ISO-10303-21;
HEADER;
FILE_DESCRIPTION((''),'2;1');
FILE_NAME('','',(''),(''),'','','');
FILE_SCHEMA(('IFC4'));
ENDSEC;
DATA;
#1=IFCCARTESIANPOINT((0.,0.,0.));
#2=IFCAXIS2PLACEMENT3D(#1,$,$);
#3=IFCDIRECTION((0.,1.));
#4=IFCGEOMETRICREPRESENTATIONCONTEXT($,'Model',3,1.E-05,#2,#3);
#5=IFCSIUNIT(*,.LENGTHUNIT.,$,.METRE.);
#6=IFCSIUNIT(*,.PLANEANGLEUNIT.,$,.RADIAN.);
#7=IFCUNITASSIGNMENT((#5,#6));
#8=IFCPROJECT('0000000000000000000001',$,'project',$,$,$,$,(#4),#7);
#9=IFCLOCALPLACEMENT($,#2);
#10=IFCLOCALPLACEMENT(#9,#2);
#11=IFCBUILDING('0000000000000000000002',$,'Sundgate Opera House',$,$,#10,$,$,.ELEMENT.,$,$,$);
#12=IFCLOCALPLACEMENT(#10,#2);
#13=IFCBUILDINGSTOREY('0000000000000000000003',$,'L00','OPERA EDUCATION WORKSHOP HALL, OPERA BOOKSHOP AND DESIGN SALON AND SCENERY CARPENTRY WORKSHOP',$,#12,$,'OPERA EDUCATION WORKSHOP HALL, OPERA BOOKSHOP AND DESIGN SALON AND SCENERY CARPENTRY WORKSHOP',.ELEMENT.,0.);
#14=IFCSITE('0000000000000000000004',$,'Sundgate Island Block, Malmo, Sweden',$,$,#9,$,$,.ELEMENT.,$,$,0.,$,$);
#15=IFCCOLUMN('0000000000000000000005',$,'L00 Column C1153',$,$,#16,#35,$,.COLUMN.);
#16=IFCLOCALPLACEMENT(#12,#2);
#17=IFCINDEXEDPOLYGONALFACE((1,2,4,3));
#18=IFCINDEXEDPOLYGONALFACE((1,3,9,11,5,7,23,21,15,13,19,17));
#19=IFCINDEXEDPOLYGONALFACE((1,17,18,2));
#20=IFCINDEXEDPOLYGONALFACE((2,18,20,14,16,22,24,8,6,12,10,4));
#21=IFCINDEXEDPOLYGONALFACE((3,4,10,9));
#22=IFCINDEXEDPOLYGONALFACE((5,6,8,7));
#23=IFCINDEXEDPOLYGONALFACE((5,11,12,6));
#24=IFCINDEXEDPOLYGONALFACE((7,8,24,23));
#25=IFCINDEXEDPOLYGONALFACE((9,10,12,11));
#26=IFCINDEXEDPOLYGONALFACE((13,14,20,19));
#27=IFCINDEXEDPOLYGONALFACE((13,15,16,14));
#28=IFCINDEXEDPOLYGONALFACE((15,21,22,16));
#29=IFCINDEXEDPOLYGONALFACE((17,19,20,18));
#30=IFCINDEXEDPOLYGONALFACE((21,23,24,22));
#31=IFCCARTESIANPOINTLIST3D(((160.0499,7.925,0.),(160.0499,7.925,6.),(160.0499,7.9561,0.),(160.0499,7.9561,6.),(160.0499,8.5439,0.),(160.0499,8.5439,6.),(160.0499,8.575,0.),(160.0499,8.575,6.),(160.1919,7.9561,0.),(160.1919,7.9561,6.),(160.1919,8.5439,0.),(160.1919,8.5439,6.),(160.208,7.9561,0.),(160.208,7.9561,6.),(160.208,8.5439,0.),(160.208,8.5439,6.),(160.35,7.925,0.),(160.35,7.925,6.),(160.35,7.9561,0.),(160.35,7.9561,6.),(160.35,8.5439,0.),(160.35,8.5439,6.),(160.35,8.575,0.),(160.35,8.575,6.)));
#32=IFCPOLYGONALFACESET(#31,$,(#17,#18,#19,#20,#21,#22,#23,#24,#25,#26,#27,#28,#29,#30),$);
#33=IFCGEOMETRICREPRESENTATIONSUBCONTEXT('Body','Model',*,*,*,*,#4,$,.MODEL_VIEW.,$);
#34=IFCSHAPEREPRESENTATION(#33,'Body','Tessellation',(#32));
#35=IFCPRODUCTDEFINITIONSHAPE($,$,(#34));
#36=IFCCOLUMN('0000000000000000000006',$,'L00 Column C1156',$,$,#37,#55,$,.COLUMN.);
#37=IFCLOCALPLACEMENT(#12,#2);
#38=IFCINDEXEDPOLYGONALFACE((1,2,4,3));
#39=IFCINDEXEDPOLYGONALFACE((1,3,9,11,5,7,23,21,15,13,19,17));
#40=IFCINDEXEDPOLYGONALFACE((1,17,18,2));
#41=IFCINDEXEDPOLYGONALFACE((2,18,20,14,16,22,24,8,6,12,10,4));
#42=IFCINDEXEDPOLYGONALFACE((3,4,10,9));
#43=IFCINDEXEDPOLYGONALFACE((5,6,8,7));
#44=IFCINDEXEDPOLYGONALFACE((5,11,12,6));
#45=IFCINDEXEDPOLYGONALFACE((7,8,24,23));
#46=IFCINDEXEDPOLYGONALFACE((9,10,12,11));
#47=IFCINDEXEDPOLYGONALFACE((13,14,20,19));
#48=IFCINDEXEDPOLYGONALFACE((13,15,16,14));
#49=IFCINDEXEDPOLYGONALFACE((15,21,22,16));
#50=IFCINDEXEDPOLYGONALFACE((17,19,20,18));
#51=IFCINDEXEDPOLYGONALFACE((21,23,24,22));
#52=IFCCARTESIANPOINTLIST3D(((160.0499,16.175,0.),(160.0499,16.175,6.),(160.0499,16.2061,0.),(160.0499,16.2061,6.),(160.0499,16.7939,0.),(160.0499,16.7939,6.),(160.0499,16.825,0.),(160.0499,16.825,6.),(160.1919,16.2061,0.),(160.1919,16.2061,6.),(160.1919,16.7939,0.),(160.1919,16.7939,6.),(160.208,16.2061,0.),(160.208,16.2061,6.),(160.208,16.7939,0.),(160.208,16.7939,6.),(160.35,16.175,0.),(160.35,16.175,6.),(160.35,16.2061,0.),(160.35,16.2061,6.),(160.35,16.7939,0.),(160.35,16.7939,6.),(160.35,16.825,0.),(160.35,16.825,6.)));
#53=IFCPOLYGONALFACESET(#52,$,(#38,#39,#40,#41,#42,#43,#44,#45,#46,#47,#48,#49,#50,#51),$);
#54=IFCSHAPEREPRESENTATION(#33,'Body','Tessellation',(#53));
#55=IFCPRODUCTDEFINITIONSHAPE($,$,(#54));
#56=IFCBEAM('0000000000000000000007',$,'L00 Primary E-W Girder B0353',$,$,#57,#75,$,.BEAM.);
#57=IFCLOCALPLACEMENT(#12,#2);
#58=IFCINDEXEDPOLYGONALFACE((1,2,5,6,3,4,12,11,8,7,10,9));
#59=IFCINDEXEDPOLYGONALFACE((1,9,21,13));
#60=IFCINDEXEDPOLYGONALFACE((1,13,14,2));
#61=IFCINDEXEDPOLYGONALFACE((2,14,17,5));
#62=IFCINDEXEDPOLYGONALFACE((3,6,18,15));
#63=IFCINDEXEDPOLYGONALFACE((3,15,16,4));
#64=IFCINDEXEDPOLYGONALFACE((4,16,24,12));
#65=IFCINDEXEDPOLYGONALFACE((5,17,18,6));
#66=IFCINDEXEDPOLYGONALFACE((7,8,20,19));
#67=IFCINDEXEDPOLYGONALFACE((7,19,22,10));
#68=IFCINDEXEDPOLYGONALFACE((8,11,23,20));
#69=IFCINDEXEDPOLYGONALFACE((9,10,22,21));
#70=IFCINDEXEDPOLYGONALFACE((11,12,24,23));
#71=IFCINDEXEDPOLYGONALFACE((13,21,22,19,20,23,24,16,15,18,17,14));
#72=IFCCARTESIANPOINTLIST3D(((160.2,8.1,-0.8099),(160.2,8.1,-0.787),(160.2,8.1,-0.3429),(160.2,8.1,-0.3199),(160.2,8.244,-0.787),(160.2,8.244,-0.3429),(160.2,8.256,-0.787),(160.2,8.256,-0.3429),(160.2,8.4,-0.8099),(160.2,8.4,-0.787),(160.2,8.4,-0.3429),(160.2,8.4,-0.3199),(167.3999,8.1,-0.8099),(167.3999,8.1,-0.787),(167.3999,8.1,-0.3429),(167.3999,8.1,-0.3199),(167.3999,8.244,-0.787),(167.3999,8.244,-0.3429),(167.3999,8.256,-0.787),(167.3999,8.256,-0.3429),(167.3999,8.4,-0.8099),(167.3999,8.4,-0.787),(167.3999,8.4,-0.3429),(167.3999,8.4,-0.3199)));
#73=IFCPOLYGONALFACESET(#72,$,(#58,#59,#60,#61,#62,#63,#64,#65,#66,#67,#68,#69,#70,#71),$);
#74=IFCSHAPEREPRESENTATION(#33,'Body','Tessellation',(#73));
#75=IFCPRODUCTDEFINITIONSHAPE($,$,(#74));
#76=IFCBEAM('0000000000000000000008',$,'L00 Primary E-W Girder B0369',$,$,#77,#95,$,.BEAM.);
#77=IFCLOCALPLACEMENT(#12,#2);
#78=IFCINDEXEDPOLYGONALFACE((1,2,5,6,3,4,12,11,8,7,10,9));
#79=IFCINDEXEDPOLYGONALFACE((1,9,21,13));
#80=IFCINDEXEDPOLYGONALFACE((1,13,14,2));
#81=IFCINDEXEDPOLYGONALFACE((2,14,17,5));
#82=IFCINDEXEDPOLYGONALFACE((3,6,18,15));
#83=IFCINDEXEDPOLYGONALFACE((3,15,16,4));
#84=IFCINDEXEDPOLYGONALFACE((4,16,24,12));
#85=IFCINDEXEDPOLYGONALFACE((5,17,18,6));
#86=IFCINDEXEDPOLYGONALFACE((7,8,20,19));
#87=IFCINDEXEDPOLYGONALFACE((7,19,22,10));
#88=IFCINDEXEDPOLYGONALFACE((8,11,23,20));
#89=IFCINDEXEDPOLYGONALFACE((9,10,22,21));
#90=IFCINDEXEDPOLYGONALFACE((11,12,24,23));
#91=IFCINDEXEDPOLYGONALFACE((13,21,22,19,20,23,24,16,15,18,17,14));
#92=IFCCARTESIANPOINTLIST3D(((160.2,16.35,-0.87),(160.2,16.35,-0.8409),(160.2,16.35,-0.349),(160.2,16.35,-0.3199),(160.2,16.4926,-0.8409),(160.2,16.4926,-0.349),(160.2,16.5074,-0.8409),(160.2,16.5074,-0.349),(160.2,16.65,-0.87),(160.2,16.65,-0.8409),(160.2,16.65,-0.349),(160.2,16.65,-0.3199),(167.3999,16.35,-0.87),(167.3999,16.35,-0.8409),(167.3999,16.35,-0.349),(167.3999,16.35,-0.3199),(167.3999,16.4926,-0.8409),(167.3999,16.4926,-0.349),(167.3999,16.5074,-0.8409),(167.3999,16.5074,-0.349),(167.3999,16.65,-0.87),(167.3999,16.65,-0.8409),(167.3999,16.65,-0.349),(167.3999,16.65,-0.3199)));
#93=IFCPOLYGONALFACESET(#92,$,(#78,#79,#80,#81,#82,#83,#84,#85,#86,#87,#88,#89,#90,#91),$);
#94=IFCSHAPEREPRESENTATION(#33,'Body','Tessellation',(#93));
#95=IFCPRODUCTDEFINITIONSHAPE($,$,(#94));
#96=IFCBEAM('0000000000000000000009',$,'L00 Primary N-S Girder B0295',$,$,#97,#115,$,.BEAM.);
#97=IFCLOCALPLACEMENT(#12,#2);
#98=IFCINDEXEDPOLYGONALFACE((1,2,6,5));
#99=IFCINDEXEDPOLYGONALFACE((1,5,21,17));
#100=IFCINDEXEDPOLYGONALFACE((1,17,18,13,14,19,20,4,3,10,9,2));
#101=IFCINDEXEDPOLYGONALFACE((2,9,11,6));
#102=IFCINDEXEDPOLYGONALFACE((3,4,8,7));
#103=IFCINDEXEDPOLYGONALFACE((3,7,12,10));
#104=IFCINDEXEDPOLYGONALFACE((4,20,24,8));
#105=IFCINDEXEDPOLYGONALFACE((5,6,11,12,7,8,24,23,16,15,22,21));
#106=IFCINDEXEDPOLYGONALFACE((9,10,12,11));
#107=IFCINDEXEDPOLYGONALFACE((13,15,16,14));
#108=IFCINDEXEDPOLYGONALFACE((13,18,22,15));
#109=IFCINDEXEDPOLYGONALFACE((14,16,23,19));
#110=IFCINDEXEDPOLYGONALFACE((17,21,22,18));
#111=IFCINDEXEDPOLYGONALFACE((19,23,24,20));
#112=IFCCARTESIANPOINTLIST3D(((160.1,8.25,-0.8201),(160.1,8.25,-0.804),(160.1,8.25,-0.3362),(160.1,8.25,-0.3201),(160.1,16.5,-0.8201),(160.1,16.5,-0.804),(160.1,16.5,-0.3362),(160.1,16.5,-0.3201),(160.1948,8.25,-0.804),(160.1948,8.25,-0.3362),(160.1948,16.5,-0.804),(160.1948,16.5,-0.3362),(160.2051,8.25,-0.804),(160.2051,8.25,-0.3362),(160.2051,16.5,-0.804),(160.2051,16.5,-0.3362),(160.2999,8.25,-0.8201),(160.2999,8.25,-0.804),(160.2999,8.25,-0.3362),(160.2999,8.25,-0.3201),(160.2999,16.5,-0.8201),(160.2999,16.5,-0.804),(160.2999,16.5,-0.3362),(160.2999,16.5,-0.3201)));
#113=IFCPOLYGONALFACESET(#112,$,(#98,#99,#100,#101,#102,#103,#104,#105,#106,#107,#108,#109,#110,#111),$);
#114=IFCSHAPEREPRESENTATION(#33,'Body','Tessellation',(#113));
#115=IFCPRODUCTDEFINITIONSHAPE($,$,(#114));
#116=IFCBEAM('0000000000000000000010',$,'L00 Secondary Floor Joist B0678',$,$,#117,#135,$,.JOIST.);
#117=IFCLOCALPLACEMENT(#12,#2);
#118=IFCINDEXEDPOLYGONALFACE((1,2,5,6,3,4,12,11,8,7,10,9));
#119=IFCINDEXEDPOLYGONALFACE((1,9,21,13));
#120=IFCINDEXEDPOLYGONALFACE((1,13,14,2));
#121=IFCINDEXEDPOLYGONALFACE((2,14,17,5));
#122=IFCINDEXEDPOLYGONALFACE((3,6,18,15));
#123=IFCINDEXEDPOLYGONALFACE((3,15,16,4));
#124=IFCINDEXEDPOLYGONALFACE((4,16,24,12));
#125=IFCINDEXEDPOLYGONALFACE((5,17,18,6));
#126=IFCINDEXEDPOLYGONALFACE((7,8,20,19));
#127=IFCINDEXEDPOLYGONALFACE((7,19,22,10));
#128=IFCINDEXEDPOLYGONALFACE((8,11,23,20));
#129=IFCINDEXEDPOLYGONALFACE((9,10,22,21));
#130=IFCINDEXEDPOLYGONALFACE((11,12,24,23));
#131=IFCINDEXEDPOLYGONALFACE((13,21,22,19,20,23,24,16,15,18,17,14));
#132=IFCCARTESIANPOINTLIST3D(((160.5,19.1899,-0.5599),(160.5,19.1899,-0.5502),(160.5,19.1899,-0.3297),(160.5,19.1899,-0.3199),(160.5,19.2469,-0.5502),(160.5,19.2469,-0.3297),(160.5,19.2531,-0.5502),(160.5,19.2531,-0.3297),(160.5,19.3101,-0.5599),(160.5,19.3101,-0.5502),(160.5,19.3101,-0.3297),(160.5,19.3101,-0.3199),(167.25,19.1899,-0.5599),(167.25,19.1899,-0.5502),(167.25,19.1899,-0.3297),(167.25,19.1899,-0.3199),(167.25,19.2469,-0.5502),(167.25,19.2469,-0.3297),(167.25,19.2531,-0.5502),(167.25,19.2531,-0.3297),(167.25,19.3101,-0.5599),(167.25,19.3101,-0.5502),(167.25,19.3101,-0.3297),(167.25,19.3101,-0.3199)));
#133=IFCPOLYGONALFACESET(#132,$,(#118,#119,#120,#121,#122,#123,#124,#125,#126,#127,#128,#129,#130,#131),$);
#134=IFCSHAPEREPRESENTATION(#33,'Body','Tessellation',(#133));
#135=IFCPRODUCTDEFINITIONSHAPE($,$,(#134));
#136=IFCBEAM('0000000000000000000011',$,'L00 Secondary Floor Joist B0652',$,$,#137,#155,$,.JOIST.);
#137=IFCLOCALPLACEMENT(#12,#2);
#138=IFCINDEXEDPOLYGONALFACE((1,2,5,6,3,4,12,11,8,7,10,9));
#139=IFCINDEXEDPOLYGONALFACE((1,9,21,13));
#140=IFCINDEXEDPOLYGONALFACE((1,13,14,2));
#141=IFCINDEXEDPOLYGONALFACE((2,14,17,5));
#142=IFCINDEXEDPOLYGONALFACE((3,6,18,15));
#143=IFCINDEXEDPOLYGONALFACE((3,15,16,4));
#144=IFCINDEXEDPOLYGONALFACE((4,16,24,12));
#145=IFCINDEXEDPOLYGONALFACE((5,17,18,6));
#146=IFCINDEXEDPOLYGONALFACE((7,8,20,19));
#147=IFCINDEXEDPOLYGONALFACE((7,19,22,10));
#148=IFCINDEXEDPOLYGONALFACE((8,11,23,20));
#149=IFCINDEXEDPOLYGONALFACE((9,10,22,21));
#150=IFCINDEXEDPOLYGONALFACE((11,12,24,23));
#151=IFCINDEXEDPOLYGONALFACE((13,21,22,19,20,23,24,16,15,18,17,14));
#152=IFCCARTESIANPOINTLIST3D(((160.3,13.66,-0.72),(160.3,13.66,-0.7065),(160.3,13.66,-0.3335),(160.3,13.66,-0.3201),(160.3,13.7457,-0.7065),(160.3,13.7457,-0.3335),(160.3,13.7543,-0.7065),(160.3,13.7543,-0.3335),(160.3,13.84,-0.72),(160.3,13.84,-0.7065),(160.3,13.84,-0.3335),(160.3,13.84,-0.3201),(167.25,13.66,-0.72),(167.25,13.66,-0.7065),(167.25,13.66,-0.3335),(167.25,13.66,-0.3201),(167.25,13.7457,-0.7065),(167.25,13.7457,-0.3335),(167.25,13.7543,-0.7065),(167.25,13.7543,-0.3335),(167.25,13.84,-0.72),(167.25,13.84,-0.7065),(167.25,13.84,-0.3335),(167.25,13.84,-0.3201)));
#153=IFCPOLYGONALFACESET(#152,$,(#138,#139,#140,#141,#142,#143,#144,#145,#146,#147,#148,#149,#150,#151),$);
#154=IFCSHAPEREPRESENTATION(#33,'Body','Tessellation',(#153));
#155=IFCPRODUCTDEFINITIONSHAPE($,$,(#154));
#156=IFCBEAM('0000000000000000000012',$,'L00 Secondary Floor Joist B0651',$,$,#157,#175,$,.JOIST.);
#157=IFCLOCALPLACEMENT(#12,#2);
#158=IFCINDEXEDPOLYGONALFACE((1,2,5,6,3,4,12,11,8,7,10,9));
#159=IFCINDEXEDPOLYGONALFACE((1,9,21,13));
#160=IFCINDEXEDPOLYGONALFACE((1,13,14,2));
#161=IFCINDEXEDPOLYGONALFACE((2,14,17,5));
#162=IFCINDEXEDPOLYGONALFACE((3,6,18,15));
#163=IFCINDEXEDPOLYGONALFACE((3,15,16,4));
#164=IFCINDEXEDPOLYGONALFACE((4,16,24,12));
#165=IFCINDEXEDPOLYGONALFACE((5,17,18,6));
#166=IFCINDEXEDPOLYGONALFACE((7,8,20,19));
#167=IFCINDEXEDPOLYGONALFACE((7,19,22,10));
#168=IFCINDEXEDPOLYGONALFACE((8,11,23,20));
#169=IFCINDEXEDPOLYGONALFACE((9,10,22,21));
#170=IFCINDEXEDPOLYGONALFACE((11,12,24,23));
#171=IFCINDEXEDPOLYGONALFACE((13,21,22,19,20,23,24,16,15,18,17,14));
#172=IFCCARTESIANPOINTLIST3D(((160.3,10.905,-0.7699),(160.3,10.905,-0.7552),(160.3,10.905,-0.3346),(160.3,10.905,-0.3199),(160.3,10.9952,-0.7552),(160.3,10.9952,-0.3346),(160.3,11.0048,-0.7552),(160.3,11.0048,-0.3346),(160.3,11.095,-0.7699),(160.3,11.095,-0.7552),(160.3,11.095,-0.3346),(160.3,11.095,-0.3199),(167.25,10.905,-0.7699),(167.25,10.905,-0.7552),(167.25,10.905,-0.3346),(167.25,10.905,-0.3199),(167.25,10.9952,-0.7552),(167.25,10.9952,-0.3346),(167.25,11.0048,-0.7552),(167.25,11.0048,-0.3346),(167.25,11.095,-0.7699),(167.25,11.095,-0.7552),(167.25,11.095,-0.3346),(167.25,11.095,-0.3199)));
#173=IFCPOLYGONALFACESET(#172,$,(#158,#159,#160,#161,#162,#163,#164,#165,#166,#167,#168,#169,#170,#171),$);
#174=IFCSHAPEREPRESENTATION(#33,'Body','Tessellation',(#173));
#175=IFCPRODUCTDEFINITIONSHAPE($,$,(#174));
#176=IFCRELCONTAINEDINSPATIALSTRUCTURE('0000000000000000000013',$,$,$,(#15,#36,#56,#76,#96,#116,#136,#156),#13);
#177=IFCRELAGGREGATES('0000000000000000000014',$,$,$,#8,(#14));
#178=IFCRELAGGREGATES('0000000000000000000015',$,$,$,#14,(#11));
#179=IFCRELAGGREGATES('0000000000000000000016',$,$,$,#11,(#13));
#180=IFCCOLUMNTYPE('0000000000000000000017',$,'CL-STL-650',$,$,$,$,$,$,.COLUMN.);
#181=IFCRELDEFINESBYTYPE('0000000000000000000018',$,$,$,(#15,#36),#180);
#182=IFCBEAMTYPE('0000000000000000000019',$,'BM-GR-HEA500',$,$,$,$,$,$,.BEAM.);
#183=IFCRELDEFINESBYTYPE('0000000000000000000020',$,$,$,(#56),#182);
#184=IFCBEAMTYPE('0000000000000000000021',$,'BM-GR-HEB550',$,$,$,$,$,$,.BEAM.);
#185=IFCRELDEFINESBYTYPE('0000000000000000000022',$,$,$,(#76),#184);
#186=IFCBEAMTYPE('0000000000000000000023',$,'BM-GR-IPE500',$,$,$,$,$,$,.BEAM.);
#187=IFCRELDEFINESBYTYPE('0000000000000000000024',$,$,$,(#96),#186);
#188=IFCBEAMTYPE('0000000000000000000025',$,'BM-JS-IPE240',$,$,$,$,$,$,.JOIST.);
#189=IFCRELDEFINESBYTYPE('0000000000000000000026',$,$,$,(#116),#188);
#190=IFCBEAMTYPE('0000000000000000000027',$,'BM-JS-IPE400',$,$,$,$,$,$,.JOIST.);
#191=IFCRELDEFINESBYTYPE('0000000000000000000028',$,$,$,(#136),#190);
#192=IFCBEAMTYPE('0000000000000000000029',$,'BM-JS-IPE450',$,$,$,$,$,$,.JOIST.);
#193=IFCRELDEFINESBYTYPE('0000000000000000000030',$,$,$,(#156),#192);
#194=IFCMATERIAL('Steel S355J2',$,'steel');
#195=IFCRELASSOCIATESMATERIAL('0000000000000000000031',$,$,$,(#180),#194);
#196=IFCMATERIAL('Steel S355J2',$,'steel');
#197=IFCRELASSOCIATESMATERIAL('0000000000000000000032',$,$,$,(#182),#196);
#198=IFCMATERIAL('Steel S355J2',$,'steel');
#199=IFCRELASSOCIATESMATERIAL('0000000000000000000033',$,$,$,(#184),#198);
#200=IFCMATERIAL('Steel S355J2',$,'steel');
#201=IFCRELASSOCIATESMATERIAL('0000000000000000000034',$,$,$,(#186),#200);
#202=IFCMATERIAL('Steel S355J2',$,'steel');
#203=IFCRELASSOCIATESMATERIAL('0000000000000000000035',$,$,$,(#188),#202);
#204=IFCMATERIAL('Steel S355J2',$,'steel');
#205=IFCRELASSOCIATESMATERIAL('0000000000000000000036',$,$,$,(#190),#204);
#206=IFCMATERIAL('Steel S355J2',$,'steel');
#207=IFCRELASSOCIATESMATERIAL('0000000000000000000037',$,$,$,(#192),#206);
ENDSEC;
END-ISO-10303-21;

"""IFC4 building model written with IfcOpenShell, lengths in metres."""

from ifc_helpers import new_model, si_unit, direction, frame, origin, origin_2d, place, context, subcontext, project, spatial, i_section, extrude, material, material_profile, profile_set, type_object, element, save


model = new_model("IFC4")

# Units and contexts
model_context = context("Model", 3, precision=1e-05, world=origin(), true_north=direction((0.0, 1.0)))
body_context = subcontext(model_context, "Body", "Model", "MODEL_VIEW")
ifc_project = project(units=[si_unit("LENGTHUNIT", "METRE"), si_unit("PLANEANGLEUNIT", "RADIAN")], contexts=[model_context])

# Site, building, storey
site_placement = place(None, origin())
site = spatial("IfcSite", under=ifc_project, at=site_placement, Name="Sundgate Island Block, Malmo, Sweden", CompositionType="ELEMENT", RefElevation=0.0)
building_placement = place(site_placement, origin())
building = spatial("IfcBuilding", under=site, at=building_placement, Name="Sundgate Opera House", CompositionType="ELEMENT")
storey_placement = place(building_placement, origin())
storey = spatial("IfcBuildingStorey", under=building, at=storey_placement, Name="L00", Description="OPERA EDUCATION WORKSHOP HALL, OPERA BOOKSHOP AND DESIGN SALON AND SCENERY CARPENTRY WORKSHOP", LongName="OPERA EDUCATION WORKSHOP HALL, OPERA BOOKSHOP AND DESIGN SALON AND SCENERY CARPENTRY WORKSHOP", CompositionType="ELEMENT", Elevation=0.0)

# Columns
ifc_material_1 = material(Name="Steel S355J2", Category="steel")
ifc_material_profile_1 = material_profile(ifc_material_1, i_section(OverallWidth=0.3, OverallDepth=0.6499, WebThickness=0.0161, FlangeThickness=0.031, at=origin_2d()), Name="HEB 650")
ifc_profile_set_1 = profile_set([ifc_material_profile_1], Name="Steel S355J2")
column_type = type_object("IfcColumnType", Name="CL-STL-650", PredefinedType="COLUMN", material=ifc_profile_set_1)
for number, where, z_axis, x_axis, name in (
    (1, (160.2, 8.25, 0.0), (0.0, 0.0, 1.0), (1.0, 0.0, 0.0), "L00 Column C1153"),
    (2, (160.2, 16.5, 0.0), (0.0, 0.0, 1.0), (1.0, 0.0, 0.0), "L00 Column C1156"),
):
    element("IfcColumn", number, at=place(storey_placement, frame(where, z_axis=z_axis, x_axis=x_axis)), inside=storey, type_object=column_type, Name=name, PredefinedType="COLUMN", context=body_context, shape_type="SweptSolid", body=[
        extrude(i_section(OverallWidth=0.3, OverallDepth=0.6499, WebThickness=0.0161, FlangeThickness=0.031, at=origin_2d()), origin(), (0.0, 0.0, 1.0), 6.0),
    ])

# Beams
ifc_material_2 = material(Name="Steel S355J2", Category="steel")
ifc_material_profile_2 = material_profile(ifc_material_2, i_section(OverallWidth=0.3, OverallDepth=0.49, WebThickness=0.012, FlangeThickness=0.0229, at=origin_2d()), Name="HEA 500")
ifc_profile_set_2 = profile_set([ifc_material_profile_2], Name="Steel S355J2")
beam_type_1 = type_object("IfcBeamType", Name="BM-GR-HEA500", PredefinedType="BEAM", material=ifc_profile_set_2)
beam_1_placement = place(storey_placement, frame((160.2, 8.25, -0.5649), z_axis=(1.0, 0.0, 0.0), x_axis=(0.0, 1.0, 0.0)))
element("IfcBeam", 3, at=beam_1_placement, inside=storey, type_object=beam_type_1, Name="L00 Primary E-W Girder B0353", PredefinedType="BEAM", context=body_context, shape_type="SweptSolid", body=[
    extrude(i_section(OverallWidth=0.3, OverallDepth=0.49, WebThickness=0.012, FlangeThickness=0.0229, at=origin_2d()), origin(), (0.0, 0.0, 1.0), 7.2),
])
ifc_material_3 = material(Name="Steel S355J2", Category="steel")
ifc_material_profile_3 = material_profile(ifc_material_3, i_section(OverallWidth=0.3, OverallDepth=0.55, WebThickness=0.0149, FlangeThickness=0.0291, at=origin_2d()), Name="HEB 550")
ifc_profile_set_3 = profile_set([ifc_material_profile_3], Name="Steel S355J2")
beam_type_2 = type_object("IfcBeamType", Name="BM-GR-HEB550", PredefinedType="BEAM", material=ifc_profile_set_3)
beam_2_placement = place(storey_placement, frame((160.2, 16.5, -0.595), z_axis=(1.0, 0.0, 0.0), x_axis=(0.0, 1.0, 0.0)))
element("IfcBeam", 4, at=beam_2_placement, inside=storey, type_object=beam_type_2, Name="L00 Primary E-W Girder B0369", PredefinedType="BEAM", context=body_context, shape_type="SweptSolid", body=[
    extrude(i_section(OverallWidth=0.3, OverallDepth=0.55, WebThickness=0.0149, FlangeThickness=0.0291, at=origin_2d()), origin(), (0.0, 0.0, 1.0), 7.2),
])
ifc_material_4 = material(Name="Steel S355J2", Category="steel")
ifc_material_profile_4 = material_profile(ifc_material_4, i_section(OverallWidth=0.2, OverallDepth=0.5, WebThickness=0.0103, FlangeThickness=0.0161, at=origin_2d()), Name="IPE 500")
ifc_profile_set_4 = profile_set([ifc_material_profile_4], Name="Steel S355J2")
beam_type_3 = type_object("IfcBeamType", Name="BM-GR-IPE500", PredefinedType="BEAM", material=ifc_profile_set_4)
beam_3_placement = place(storey_placement, frame((160.2, 8.25, -0.5701), z_axis=(0.0, 1.0, 0.0), x_axis=(-1.0, 0.0, 0.0)))
element("IfcBeam", 5, at=beam_3_placement, inside=storey, type_object=beam_type_3, Name="L00 Primary N-S Girder B0295", PredefinedType="BEAM", context=body_context, shape_type="SweptSolid", body=[
    extrude(i_section(OverallWidth=0.2, OverallDepth=0.5, WebThickness=0.0103, FlangeThickness=0.0161, at=origin_2d()), origin(), (0.0, 0.0, 1.0), 8.25),
])
ifc_material_5 = material(Name="Steel S355J2", Category="steel")
ifc_material_profile_5 = material_profile(ifc_material_5, i_section(OverallWidth=0.1201, OverallDepth=0.24, WebThickness=0.0061, FlangeThickness=0.0098, at=origin_2d()), Name="IPE 240")
ifc_profile_set_5 = profile_set([ifc_material_profile_5], Name="Steel S355J2")
beam_type_4 = type_object("IfcBeamType", Name="BM-JS-IPE240", PredefinedType="JOIST", material=ifc_profile_set_5)
beam_4_placement = place(storey_placement, frame((160.5, 19.25, -0.4399), z_axis=(1.0, 0.0, 0.0), x_axis=(0.0, 1.0, 0.0)))
element("IfcBeam", 6, at=beam_4_placement, inside=storey, type_object=beam_type_4, Name="L00 Secondary Floor Joist B0678", PredefinedType="JOIST", context=body_context, shape_type="SweptSolid", body=[
    extrude(i_section(OverallWidth=0.1201, OverallDepth=0.24, WebThickness=0.0061, FlangeThickness=0.0098, at=origin_2d()), origin(), (0.0, 0.0, 1.0), 6.75),
])
ifc_material_6 = material(Name="Steel S355J2", Category="steel")
ifc_material_profile_6 = material_profile(ifc_material_6, i_section(OverallWidth=0.1799, OverallDepth=0.3999, WebThickness=0.0085, FlangeThickness=0.0134, at=origin_2d()), Name="IPE 400")
ifc_profile_set_6 = profile_set([ifc_material_profile_6], Name="Steel S355J2")
beam_type_5 = type_object("IfcBeamType", Name="BM-JS-IPE400", PredefinedType="JOIST", material=ifc_profile_set_6)
beam_5_placement = place(storey_placement, frame((160.3, 13.75, -0.52), z_axis=(1.0, 0.0, 0.0), x_axis=(0.0, 1.0, 0.0)))
element("IfcBeam", 7, at=beam_5_placement, inside=storey, type_object=beam_type_5, Name="L00 Secondary Floor Joist B0652", PredefinedType="JOIST", context=body_context, shape_type="SweptSolid", body=[
    extrude(i_section(OverallWidth=0.1799, OverallDepth=0.3999, WebThickness=0.0085, FlangeThickness=0.0134, at=origin_2d()), origin(), (0.0, 0.0, 1.0), 6.95),
])
ifc_material_7 = material(Name="Steel S355J2", Category="steel")
ifc_material_profile_7 = material_profile(ifc_material_7, i_section(OverallWidth=0.1899, OverallDepth=0.45, WebThickness=0.0095, FlangeThickness=0.0146, at=origin_2d()), Name="IPE 450")
ifc_profile_set_7 = profile_set([ifc_material_profile_7], Name="Steel S355J2")
beam_type_6 = type_object("IfcBeamType", Name="BM-JS-IPE450", PredefinedType="JOIST", material=ifc_profile_set_7)
beam_6_placement = place(storey_placement, frame((160.3, 11.0, -0.5449), z_axis=(1.0, 0.0, 0.0), x_axis=(0.0, 1.0, 0.0)))
element("IfcBeam", 8, at=beam_6_placement, inside=storey, type_object=beam_type_6, Name="L00 Secondary Floor Joist B0651", PredefinedType="JOIST", context=body_context, shape_type="SweptSolid", body=[
    extrude(i_section(OverallWidth=0.1899, OverallDepth=0.45, WebThickness=0.0095, FlangeThickness=0.0146, at=origin_2d()), origin(), (0.0, 0.0, 1.0), 6.95),
])

save(model, "model.ifc")
